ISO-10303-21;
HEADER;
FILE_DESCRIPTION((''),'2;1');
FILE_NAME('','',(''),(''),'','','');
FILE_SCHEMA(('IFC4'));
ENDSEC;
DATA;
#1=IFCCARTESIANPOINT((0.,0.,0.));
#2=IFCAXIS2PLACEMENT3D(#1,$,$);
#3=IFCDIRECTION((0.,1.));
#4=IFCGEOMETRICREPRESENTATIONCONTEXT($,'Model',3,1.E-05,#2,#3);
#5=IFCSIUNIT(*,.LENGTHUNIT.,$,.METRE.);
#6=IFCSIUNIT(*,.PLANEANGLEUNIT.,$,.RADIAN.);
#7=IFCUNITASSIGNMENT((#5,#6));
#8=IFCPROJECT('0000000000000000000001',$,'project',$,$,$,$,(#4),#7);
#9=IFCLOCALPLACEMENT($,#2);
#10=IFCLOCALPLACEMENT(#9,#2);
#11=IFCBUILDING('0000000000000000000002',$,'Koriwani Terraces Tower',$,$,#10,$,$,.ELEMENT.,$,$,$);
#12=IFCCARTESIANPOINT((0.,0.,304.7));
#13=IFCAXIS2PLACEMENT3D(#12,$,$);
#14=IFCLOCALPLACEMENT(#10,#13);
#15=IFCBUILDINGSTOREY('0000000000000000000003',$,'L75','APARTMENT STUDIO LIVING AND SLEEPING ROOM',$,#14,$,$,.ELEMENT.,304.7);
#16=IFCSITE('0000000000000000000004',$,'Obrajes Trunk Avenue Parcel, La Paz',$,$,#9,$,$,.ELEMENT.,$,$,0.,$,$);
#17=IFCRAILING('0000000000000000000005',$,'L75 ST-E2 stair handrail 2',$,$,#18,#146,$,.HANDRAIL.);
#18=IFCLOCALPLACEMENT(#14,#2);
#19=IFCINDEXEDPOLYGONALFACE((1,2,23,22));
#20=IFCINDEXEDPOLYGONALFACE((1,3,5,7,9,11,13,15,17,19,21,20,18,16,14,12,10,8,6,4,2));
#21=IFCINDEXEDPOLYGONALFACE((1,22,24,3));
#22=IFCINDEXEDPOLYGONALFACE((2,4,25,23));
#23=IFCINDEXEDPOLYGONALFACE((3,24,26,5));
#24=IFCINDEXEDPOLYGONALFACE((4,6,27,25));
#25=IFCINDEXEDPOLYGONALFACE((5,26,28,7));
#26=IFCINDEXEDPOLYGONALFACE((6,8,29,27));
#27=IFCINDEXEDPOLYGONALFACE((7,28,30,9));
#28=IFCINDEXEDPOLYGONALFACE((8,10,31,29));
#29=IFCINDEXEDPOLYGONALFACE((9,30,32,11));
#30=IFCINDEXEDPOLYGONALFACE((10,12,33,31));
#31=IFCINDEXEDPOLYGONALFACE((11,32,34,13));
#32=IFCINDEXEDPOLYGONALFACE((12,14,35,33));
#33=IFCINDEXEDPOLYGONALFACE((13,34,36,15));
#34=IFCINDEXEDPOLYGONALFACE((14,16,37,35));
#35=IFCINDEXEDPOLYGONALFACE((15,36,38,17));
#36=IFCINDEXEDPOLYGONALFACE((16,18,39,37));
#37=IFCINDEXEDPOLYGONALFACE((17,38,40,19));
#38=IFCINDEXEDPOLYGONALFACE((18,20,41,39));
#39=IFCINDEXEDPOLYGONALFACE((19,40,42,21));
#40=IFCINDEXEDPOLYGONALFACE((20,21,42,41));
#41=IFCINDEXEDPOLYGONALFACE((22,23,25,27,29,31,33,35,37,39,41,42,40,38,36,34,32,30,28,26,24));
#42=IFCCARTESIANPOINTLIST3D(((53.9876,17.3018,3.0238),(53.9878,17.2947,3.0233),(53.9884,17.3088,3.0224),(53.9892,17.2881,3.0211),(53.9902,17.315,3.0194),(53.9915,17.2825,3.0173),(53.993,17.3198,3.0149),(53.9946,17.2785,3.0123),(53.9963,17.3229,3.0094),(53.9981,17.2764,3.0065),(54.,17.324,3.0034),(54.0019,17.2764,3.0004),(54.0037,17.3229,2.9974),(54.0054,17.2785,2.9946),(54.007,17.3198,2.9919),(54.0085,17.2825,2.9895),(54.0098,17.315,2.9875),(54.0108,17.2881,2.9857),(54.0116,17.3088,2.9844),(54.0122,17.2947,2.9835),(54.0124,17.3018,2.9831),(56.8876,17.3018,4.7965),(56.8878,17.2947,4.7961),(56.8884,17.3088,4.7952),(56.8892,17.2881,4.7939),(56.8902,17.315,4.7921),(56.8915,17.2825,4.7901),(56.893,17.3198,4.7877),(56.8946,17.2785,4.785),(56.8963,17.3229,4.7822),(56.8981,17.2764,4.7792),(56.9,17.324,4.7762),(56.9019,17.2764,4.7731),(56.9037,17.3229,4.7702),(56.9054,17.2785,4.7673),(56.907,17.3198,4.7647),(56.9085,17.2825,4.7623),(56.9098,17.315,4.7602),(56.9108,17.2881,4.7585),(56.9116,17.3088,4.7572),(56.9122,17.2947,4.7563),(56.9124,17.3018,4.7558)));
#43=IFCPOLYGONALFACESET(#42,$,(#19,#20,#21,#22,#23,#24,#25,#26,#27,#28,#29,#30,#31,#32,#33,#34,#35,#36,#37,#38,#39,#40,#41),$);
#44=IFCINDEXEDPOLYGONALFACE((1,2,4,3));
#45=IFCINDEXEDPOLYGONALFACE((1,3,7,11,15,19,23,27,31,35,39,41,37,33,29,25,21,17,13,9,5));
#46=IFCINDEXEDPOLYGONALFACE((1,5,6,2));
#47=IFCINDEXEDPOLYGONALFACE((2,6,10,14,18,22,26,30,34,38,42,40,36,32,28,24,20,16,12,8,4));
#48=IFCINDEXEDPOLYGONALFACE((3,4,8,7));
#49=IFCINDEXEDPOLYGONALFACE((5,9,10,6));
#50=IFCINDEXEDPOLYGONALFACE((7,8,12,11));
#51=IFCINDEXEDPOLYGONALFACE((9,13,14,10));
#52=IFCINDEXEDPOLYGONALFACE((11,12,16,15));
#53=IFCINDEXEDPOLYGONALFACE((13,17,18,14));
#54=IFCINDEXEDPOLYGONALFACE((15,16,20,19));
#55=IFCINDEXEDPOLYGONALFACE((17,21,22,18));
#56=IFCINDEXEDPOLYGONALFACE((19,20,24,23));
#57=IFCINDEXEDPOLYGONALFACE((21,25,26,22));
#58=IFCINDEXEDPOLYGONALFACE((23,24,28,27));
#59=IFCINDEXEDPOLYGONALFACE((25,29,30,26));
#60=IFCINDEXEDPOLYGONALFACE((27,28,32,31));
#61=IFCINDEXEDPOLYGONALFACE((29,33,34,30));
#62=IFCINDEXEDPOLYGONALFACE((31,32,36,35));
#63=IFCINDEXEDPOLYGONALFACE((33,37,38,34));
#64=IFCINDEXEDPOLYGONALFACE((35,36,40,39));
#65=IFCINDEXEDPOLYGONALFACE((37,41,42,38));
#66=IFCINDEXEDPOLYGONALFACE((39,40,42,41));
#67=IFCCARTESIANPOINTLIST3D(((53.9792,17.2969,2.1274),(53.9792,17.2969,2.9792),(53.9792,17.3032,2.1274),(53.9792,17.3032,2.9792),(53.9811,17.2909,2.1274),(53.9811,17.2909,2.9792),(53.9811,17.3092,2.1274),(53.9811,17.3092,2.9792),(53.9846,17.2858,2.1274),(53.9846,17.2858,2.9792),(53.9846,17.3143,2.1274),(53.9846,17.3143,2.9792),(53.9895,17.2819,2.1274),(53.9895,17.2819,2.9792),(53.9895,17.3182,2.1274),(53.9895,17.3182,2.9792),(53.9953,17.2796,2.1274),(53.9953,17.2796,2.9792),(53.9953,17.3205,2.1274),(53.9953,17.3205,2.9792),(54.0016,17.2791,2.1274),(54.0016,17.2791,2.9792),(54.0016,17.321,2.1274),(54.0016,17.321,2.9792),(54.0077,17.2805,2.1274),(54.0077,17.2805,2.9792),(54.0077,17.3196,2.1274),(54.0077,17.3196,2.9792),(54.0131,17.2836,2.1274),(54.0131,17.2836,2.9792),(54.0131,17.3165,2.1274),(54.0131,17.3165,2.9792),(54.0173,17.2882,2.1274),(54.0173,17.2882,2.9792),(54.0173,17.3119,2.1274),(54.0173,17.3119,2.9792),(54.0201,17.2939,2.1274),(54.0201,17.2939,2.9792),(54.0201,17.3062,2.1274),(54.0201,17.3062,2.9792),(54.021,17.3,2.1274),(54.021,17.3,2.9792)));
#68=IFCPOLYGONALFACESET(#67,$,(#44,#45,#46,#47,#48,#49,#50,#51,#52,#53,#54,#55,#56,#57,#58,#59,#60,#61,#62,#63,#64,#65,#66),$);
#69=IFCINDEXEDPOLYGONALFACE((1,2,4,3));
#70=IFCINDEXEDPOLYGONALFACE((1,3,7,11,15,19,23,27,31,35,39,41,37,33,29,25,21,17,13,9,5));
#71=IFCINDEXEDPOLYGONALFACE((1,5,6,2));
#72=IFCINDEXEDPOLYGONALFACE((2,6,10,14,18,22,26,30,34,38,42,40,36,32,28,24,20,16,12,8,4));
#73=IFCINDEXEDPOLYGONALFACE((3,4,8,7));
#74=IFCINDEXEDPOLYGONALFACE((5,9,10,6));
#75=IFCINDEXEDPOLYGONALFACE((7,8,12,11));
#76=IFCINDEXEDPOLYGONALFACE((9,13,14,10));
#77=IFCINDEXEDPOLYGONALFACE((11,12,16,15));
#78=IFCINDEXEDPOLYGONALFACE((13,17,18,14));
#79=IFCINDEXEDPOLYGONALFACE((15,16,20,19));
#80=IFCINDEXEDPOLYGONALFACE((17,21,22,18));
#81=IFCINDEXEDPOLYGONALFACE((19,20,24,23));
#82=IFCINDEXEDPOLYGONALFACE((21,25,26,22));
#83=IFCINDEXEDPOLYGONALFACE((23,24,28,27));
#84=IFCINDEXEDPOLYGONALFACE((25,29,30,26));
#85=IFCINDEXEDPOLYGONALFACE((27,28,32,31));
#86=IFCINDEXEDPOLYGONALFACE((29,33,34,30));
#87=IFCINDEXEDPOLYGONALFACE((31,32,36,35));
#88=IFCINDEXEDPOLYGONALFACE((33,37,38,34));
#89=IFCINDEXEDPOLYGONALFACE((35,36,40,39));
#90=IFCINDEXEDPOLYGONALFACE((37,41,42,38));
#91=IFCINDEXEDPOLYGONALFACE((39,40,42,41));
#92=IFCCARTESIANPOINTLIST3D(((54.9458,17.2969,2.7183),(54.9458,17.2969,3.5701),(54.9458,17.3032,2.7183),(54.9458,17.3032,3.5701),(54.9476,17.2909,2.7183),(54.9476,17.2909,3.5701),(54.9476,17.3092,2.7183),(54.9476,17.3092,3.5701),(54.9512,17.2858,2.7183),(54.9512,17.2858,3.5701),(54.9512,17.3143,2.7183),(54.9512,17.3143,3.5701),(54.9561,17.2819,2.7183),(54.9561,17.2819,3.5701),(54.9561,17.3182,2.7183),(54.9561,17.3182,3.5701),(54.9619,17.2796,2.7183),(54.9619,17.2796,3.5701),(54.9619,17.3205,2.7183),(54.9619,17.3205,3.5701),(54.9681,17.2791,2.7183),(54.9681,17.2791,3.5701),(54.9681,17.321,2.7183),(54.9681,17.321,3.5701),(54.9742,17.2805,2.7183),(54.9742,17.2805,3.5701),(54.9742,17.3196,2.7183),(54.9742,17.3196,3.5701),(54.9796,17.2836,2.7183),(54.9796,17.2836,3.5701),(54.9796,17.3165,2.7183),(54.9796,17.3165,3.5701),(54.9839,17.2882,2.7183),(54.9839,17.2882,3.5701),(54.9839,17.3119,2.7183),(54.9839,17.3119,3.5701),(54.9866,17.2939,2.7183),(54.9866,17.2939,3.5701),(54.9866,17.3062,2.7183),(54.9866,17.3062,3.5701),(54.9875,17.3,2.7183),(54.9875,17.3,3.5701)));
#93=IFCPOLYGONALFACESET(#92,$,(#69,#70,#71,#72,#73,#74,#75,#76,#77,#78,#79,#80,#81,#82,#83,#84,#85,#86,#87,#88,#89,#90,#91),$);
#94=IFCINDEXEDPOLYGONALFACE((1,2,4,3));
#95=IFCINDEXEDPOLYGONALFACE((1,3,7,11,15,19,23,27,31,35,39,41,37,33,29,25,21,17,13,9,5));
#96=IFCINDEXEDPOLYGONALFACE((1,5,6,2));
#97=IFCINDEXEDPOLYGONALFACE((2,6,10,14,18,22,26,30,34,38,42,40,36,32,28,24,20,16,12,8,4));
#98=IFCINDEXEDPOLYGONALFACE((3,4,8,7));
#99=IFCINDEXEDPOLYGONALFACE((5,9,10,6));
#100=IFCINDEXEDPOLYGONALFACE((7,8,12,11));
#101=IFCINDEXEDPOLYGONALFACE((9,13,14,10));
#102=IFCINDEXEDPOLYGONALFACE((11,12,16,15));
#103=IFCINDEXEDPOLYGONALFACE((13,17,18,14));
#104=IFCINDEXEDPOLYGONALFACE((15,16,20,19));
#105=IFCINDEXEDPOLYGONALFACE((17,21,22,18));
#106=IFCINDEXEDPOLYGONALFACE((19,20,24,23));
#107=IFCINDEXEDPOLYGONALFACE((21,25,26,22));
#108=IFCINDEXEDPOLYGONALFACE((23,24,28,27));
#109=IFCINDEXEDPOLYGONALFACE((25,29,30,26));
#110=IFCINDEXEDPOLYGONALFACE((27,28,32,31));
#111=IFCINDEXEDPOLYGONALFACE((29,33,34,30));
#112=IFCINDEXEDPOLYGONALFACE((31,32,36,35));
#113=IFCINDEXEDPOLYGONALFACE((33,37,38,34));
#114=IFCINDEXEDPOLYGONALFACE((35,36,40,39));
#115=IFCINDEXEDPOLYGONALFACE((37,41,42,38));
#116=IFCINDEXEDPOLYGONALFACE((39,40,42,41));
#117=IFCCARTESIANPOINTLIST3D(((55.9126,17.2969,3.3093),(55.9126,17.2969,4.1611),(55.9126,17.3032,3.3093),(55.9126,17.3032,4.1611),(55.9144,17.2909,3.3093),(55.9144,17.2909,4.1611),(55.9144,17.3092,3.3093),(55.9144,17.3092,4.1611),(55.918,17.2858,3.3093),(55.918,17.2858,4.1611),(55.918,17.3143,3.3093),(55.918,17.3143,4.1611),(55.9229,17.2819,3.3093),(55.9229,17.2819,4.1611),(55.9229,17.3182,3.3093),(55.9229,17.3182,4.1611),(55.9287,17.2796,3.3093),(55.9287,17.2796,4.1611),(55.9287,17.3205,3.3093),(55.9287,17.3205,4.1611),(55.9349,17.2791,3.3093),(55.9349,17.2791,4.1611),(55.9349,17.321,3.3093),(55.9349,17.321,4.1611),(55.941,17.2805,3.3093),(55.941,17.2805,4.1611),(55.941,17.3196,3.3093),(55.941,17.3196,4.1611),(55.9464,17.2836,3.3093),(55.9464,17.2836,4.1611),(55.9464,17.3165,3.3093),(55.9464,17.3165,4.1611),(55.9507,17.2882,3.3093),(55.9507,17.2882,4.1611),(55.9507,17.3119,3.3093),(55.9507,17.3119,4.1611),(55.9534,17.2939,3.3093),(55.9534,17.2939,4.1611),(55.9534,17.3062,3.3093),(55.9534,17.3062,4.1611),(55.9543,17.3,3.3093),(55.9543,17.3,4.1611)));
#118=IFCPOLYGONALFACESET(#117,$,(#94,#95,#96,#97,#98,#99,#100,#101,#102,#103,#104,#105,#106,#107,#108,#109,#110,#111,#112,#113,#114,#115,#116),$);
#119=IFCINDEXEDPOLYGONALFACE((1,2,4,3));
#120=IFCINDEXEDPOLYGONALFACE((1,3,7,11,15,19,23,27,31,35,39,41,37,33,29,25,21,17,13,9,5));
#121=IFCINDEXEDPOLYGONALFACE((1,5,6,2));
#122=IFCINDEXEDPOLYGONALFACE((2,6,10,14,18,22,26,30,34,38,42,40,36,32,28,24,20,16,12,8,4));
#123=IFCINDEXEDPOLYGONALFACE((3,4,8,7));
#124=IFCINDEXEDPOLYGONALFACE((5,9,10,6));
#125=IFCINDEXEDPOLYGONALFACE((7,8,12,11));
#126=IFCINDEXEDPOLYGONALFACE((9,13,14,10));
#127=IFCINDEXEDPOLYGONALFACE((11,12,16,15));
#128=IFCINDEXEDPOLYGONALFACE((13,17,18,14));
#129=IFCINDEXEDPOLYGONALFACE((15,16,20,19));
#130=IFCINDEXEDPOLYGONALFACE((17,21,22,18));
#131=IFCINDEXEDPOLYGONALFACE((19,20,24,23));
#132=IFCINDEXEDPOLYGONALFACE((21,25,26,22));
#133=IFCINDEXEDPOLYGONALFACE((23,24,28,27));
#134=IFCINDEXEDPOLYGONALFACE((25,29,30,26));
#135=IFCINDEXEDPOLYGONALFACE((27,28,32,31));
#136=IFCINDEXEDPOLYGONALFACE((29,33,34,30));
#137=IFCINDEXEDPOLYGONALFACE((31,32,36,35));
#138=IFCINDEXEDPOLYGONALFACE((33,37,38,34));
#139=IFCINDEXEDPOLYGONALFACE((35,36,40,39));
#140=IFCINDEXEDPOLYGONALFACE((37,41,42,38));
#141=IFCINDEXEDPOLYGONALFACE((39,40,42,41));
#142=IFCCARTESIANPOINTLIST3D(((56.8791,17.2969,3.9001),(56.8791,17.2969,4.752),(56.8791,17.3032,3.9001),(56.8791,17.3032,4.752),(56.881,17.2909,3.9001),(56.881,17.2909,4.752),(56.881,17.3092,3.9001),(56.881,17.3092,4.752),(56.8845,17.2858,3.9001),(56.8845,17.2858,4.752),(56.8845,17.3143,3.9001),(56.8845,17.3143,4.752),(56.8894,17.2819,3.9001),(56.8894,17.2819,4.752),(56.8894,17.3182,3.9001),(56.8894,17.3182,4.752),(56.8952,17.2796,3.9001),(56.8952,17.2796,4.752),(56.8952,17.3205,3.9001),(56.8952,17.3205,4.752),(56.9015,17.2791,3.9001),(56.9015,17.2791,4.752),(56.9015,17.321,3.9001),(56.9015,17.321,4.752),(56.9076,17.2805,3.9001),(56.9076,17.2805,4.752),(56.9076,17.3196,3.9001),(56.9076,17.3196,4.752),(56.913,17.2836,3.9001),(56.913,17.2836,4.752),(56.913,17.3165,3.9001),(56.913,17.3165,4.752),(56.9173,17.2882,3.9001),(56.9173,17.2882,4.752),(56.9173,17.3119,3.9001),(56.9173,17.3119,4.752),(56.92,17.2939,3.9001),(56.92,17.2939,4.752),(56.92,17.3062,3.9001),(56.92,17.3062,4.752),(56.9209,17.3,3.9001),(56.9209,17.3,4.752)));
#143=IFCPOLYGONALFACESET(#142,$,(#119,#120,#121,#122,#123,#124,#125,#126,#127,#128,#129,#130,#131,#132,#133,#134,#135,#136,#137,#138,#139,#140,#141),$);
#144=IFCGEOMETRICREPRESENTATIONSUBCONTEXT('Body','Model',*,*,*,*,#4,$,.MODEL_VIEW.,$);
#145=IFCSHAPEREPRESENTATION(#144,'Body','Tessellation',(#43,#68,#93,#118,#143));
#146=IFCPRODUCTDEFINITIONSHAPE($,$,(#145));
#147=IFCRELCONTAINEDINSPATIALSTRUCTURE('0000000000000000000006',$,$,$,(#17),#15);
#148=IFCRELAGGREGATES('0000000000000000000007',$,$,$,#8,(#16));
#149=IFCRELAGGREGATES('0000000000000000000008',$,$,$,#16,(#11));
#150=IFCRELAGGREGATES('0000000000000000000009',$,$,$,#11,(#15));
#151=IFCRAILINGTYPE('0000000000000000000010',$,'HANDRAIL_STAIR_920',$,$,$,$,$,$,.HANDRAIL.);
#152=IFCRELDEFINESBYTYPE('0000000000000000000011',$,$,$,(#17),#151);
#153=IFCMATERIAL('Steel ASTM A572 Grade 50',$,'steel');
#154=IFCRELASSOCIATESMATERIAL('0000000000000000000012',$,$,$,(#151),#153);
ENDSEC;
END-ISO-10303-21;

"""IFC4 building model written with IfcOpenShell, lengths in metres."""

from ifc_helpers import new_model, si_unit, direction, frame, origin, origin_2d, place, context, subcontext, project, spatial, circle, extrude, material, type_object, element, save


model = new_model("IFC4")

# Units and contexts
model_context = context("Model", 3, precision=1e-05, world=origin(), true_north=direction((0.0, 1.0)))
body_context = subcontext(model_context, "Body", "Model", "MODEL_VIEW")
ifc_project = project(units=[si_unit("LENGTHUNIT", "METRE"), si_unit("PLANEANGLEUNIT", "RADIAN")], contexts=[model_context])

# Site, building, storey
site_placement = place(None, origin())
site = spatial("IfcSite", under=ifc_project, at=site_placement, Name="Obrajes Trunk Avenue Parcel, La Paz", CompositionType="ELEMENT", RefElevation=0.0)
building_placement = place(site_placement, origin())
building = spatial("IfcBuilding", under=site, at=building_placement, Name="Koriwani Terraces Tower", CompositionType="ELEMENT")
storey_placement = place(building_placement, frame((0.0, 0.0, 304.7)))
storey = spatial("IfcBuildingStorey", under=building, at=storey_placement, Name="L75", Description="APARTMENT STUDIO LIVING AND SLEEPING ROOM", CompositionType="ELEMENT", Elevation=304.7)

# Shared definitions
ifc_material_1 = material(Name="Steel ASTM A572 Grade 50", Category="steel")

# Railing
railing_type = type_object("IfcRailingType", Name="HANDRAIL_STAIR_920", PredefinedType="HANDRAIL", material=ifc_material_1)
railing_placement = place(storey_placement, frame((54.0, 17.3, 2.1274)))
element("IfcRailing", 1, at=railing_placement, inside=storey, type_object=railing_type, Name="L75 ST-E2 stair handrail 2", PredefinedType="HANDRAIL", context=body_context, shape_type="SweptSolid", body=[
    extrude(circle(Radius=0.0239, at=origin_2d()), frame((0.0, 0.0, 0.876), z_axis=(0.853211, 0.0, 0.521566), x_axis=(0.0, 1.0, 0.0)), (0.0, 0.0, 1.0), 3.3989),
    extrude(circle(Radius=0.021, at=origin_2d()), origin(), (0.0, 0.0, 1.0), 0.8518),
    extrude(circle(Radius=0.021, at=origin_2d()), frame((0.9666, 0.0, 0.5908)), (0.0, 0.0, 1.0), 0.8518),
    extrude(circle(Radius=0.021, at=origin_2d()), frame((1.9333, 0.0, 1.1819)), (0.0, 0.0, 1.0), 0.8518),
    extrude(circle(Radius=0.021, at=origin_2d()), frame((2.8999, 0.0, 1.7727)), (0.0, 0.0, 1.0), 0.8518),
])

save(model, "model.ifc")
